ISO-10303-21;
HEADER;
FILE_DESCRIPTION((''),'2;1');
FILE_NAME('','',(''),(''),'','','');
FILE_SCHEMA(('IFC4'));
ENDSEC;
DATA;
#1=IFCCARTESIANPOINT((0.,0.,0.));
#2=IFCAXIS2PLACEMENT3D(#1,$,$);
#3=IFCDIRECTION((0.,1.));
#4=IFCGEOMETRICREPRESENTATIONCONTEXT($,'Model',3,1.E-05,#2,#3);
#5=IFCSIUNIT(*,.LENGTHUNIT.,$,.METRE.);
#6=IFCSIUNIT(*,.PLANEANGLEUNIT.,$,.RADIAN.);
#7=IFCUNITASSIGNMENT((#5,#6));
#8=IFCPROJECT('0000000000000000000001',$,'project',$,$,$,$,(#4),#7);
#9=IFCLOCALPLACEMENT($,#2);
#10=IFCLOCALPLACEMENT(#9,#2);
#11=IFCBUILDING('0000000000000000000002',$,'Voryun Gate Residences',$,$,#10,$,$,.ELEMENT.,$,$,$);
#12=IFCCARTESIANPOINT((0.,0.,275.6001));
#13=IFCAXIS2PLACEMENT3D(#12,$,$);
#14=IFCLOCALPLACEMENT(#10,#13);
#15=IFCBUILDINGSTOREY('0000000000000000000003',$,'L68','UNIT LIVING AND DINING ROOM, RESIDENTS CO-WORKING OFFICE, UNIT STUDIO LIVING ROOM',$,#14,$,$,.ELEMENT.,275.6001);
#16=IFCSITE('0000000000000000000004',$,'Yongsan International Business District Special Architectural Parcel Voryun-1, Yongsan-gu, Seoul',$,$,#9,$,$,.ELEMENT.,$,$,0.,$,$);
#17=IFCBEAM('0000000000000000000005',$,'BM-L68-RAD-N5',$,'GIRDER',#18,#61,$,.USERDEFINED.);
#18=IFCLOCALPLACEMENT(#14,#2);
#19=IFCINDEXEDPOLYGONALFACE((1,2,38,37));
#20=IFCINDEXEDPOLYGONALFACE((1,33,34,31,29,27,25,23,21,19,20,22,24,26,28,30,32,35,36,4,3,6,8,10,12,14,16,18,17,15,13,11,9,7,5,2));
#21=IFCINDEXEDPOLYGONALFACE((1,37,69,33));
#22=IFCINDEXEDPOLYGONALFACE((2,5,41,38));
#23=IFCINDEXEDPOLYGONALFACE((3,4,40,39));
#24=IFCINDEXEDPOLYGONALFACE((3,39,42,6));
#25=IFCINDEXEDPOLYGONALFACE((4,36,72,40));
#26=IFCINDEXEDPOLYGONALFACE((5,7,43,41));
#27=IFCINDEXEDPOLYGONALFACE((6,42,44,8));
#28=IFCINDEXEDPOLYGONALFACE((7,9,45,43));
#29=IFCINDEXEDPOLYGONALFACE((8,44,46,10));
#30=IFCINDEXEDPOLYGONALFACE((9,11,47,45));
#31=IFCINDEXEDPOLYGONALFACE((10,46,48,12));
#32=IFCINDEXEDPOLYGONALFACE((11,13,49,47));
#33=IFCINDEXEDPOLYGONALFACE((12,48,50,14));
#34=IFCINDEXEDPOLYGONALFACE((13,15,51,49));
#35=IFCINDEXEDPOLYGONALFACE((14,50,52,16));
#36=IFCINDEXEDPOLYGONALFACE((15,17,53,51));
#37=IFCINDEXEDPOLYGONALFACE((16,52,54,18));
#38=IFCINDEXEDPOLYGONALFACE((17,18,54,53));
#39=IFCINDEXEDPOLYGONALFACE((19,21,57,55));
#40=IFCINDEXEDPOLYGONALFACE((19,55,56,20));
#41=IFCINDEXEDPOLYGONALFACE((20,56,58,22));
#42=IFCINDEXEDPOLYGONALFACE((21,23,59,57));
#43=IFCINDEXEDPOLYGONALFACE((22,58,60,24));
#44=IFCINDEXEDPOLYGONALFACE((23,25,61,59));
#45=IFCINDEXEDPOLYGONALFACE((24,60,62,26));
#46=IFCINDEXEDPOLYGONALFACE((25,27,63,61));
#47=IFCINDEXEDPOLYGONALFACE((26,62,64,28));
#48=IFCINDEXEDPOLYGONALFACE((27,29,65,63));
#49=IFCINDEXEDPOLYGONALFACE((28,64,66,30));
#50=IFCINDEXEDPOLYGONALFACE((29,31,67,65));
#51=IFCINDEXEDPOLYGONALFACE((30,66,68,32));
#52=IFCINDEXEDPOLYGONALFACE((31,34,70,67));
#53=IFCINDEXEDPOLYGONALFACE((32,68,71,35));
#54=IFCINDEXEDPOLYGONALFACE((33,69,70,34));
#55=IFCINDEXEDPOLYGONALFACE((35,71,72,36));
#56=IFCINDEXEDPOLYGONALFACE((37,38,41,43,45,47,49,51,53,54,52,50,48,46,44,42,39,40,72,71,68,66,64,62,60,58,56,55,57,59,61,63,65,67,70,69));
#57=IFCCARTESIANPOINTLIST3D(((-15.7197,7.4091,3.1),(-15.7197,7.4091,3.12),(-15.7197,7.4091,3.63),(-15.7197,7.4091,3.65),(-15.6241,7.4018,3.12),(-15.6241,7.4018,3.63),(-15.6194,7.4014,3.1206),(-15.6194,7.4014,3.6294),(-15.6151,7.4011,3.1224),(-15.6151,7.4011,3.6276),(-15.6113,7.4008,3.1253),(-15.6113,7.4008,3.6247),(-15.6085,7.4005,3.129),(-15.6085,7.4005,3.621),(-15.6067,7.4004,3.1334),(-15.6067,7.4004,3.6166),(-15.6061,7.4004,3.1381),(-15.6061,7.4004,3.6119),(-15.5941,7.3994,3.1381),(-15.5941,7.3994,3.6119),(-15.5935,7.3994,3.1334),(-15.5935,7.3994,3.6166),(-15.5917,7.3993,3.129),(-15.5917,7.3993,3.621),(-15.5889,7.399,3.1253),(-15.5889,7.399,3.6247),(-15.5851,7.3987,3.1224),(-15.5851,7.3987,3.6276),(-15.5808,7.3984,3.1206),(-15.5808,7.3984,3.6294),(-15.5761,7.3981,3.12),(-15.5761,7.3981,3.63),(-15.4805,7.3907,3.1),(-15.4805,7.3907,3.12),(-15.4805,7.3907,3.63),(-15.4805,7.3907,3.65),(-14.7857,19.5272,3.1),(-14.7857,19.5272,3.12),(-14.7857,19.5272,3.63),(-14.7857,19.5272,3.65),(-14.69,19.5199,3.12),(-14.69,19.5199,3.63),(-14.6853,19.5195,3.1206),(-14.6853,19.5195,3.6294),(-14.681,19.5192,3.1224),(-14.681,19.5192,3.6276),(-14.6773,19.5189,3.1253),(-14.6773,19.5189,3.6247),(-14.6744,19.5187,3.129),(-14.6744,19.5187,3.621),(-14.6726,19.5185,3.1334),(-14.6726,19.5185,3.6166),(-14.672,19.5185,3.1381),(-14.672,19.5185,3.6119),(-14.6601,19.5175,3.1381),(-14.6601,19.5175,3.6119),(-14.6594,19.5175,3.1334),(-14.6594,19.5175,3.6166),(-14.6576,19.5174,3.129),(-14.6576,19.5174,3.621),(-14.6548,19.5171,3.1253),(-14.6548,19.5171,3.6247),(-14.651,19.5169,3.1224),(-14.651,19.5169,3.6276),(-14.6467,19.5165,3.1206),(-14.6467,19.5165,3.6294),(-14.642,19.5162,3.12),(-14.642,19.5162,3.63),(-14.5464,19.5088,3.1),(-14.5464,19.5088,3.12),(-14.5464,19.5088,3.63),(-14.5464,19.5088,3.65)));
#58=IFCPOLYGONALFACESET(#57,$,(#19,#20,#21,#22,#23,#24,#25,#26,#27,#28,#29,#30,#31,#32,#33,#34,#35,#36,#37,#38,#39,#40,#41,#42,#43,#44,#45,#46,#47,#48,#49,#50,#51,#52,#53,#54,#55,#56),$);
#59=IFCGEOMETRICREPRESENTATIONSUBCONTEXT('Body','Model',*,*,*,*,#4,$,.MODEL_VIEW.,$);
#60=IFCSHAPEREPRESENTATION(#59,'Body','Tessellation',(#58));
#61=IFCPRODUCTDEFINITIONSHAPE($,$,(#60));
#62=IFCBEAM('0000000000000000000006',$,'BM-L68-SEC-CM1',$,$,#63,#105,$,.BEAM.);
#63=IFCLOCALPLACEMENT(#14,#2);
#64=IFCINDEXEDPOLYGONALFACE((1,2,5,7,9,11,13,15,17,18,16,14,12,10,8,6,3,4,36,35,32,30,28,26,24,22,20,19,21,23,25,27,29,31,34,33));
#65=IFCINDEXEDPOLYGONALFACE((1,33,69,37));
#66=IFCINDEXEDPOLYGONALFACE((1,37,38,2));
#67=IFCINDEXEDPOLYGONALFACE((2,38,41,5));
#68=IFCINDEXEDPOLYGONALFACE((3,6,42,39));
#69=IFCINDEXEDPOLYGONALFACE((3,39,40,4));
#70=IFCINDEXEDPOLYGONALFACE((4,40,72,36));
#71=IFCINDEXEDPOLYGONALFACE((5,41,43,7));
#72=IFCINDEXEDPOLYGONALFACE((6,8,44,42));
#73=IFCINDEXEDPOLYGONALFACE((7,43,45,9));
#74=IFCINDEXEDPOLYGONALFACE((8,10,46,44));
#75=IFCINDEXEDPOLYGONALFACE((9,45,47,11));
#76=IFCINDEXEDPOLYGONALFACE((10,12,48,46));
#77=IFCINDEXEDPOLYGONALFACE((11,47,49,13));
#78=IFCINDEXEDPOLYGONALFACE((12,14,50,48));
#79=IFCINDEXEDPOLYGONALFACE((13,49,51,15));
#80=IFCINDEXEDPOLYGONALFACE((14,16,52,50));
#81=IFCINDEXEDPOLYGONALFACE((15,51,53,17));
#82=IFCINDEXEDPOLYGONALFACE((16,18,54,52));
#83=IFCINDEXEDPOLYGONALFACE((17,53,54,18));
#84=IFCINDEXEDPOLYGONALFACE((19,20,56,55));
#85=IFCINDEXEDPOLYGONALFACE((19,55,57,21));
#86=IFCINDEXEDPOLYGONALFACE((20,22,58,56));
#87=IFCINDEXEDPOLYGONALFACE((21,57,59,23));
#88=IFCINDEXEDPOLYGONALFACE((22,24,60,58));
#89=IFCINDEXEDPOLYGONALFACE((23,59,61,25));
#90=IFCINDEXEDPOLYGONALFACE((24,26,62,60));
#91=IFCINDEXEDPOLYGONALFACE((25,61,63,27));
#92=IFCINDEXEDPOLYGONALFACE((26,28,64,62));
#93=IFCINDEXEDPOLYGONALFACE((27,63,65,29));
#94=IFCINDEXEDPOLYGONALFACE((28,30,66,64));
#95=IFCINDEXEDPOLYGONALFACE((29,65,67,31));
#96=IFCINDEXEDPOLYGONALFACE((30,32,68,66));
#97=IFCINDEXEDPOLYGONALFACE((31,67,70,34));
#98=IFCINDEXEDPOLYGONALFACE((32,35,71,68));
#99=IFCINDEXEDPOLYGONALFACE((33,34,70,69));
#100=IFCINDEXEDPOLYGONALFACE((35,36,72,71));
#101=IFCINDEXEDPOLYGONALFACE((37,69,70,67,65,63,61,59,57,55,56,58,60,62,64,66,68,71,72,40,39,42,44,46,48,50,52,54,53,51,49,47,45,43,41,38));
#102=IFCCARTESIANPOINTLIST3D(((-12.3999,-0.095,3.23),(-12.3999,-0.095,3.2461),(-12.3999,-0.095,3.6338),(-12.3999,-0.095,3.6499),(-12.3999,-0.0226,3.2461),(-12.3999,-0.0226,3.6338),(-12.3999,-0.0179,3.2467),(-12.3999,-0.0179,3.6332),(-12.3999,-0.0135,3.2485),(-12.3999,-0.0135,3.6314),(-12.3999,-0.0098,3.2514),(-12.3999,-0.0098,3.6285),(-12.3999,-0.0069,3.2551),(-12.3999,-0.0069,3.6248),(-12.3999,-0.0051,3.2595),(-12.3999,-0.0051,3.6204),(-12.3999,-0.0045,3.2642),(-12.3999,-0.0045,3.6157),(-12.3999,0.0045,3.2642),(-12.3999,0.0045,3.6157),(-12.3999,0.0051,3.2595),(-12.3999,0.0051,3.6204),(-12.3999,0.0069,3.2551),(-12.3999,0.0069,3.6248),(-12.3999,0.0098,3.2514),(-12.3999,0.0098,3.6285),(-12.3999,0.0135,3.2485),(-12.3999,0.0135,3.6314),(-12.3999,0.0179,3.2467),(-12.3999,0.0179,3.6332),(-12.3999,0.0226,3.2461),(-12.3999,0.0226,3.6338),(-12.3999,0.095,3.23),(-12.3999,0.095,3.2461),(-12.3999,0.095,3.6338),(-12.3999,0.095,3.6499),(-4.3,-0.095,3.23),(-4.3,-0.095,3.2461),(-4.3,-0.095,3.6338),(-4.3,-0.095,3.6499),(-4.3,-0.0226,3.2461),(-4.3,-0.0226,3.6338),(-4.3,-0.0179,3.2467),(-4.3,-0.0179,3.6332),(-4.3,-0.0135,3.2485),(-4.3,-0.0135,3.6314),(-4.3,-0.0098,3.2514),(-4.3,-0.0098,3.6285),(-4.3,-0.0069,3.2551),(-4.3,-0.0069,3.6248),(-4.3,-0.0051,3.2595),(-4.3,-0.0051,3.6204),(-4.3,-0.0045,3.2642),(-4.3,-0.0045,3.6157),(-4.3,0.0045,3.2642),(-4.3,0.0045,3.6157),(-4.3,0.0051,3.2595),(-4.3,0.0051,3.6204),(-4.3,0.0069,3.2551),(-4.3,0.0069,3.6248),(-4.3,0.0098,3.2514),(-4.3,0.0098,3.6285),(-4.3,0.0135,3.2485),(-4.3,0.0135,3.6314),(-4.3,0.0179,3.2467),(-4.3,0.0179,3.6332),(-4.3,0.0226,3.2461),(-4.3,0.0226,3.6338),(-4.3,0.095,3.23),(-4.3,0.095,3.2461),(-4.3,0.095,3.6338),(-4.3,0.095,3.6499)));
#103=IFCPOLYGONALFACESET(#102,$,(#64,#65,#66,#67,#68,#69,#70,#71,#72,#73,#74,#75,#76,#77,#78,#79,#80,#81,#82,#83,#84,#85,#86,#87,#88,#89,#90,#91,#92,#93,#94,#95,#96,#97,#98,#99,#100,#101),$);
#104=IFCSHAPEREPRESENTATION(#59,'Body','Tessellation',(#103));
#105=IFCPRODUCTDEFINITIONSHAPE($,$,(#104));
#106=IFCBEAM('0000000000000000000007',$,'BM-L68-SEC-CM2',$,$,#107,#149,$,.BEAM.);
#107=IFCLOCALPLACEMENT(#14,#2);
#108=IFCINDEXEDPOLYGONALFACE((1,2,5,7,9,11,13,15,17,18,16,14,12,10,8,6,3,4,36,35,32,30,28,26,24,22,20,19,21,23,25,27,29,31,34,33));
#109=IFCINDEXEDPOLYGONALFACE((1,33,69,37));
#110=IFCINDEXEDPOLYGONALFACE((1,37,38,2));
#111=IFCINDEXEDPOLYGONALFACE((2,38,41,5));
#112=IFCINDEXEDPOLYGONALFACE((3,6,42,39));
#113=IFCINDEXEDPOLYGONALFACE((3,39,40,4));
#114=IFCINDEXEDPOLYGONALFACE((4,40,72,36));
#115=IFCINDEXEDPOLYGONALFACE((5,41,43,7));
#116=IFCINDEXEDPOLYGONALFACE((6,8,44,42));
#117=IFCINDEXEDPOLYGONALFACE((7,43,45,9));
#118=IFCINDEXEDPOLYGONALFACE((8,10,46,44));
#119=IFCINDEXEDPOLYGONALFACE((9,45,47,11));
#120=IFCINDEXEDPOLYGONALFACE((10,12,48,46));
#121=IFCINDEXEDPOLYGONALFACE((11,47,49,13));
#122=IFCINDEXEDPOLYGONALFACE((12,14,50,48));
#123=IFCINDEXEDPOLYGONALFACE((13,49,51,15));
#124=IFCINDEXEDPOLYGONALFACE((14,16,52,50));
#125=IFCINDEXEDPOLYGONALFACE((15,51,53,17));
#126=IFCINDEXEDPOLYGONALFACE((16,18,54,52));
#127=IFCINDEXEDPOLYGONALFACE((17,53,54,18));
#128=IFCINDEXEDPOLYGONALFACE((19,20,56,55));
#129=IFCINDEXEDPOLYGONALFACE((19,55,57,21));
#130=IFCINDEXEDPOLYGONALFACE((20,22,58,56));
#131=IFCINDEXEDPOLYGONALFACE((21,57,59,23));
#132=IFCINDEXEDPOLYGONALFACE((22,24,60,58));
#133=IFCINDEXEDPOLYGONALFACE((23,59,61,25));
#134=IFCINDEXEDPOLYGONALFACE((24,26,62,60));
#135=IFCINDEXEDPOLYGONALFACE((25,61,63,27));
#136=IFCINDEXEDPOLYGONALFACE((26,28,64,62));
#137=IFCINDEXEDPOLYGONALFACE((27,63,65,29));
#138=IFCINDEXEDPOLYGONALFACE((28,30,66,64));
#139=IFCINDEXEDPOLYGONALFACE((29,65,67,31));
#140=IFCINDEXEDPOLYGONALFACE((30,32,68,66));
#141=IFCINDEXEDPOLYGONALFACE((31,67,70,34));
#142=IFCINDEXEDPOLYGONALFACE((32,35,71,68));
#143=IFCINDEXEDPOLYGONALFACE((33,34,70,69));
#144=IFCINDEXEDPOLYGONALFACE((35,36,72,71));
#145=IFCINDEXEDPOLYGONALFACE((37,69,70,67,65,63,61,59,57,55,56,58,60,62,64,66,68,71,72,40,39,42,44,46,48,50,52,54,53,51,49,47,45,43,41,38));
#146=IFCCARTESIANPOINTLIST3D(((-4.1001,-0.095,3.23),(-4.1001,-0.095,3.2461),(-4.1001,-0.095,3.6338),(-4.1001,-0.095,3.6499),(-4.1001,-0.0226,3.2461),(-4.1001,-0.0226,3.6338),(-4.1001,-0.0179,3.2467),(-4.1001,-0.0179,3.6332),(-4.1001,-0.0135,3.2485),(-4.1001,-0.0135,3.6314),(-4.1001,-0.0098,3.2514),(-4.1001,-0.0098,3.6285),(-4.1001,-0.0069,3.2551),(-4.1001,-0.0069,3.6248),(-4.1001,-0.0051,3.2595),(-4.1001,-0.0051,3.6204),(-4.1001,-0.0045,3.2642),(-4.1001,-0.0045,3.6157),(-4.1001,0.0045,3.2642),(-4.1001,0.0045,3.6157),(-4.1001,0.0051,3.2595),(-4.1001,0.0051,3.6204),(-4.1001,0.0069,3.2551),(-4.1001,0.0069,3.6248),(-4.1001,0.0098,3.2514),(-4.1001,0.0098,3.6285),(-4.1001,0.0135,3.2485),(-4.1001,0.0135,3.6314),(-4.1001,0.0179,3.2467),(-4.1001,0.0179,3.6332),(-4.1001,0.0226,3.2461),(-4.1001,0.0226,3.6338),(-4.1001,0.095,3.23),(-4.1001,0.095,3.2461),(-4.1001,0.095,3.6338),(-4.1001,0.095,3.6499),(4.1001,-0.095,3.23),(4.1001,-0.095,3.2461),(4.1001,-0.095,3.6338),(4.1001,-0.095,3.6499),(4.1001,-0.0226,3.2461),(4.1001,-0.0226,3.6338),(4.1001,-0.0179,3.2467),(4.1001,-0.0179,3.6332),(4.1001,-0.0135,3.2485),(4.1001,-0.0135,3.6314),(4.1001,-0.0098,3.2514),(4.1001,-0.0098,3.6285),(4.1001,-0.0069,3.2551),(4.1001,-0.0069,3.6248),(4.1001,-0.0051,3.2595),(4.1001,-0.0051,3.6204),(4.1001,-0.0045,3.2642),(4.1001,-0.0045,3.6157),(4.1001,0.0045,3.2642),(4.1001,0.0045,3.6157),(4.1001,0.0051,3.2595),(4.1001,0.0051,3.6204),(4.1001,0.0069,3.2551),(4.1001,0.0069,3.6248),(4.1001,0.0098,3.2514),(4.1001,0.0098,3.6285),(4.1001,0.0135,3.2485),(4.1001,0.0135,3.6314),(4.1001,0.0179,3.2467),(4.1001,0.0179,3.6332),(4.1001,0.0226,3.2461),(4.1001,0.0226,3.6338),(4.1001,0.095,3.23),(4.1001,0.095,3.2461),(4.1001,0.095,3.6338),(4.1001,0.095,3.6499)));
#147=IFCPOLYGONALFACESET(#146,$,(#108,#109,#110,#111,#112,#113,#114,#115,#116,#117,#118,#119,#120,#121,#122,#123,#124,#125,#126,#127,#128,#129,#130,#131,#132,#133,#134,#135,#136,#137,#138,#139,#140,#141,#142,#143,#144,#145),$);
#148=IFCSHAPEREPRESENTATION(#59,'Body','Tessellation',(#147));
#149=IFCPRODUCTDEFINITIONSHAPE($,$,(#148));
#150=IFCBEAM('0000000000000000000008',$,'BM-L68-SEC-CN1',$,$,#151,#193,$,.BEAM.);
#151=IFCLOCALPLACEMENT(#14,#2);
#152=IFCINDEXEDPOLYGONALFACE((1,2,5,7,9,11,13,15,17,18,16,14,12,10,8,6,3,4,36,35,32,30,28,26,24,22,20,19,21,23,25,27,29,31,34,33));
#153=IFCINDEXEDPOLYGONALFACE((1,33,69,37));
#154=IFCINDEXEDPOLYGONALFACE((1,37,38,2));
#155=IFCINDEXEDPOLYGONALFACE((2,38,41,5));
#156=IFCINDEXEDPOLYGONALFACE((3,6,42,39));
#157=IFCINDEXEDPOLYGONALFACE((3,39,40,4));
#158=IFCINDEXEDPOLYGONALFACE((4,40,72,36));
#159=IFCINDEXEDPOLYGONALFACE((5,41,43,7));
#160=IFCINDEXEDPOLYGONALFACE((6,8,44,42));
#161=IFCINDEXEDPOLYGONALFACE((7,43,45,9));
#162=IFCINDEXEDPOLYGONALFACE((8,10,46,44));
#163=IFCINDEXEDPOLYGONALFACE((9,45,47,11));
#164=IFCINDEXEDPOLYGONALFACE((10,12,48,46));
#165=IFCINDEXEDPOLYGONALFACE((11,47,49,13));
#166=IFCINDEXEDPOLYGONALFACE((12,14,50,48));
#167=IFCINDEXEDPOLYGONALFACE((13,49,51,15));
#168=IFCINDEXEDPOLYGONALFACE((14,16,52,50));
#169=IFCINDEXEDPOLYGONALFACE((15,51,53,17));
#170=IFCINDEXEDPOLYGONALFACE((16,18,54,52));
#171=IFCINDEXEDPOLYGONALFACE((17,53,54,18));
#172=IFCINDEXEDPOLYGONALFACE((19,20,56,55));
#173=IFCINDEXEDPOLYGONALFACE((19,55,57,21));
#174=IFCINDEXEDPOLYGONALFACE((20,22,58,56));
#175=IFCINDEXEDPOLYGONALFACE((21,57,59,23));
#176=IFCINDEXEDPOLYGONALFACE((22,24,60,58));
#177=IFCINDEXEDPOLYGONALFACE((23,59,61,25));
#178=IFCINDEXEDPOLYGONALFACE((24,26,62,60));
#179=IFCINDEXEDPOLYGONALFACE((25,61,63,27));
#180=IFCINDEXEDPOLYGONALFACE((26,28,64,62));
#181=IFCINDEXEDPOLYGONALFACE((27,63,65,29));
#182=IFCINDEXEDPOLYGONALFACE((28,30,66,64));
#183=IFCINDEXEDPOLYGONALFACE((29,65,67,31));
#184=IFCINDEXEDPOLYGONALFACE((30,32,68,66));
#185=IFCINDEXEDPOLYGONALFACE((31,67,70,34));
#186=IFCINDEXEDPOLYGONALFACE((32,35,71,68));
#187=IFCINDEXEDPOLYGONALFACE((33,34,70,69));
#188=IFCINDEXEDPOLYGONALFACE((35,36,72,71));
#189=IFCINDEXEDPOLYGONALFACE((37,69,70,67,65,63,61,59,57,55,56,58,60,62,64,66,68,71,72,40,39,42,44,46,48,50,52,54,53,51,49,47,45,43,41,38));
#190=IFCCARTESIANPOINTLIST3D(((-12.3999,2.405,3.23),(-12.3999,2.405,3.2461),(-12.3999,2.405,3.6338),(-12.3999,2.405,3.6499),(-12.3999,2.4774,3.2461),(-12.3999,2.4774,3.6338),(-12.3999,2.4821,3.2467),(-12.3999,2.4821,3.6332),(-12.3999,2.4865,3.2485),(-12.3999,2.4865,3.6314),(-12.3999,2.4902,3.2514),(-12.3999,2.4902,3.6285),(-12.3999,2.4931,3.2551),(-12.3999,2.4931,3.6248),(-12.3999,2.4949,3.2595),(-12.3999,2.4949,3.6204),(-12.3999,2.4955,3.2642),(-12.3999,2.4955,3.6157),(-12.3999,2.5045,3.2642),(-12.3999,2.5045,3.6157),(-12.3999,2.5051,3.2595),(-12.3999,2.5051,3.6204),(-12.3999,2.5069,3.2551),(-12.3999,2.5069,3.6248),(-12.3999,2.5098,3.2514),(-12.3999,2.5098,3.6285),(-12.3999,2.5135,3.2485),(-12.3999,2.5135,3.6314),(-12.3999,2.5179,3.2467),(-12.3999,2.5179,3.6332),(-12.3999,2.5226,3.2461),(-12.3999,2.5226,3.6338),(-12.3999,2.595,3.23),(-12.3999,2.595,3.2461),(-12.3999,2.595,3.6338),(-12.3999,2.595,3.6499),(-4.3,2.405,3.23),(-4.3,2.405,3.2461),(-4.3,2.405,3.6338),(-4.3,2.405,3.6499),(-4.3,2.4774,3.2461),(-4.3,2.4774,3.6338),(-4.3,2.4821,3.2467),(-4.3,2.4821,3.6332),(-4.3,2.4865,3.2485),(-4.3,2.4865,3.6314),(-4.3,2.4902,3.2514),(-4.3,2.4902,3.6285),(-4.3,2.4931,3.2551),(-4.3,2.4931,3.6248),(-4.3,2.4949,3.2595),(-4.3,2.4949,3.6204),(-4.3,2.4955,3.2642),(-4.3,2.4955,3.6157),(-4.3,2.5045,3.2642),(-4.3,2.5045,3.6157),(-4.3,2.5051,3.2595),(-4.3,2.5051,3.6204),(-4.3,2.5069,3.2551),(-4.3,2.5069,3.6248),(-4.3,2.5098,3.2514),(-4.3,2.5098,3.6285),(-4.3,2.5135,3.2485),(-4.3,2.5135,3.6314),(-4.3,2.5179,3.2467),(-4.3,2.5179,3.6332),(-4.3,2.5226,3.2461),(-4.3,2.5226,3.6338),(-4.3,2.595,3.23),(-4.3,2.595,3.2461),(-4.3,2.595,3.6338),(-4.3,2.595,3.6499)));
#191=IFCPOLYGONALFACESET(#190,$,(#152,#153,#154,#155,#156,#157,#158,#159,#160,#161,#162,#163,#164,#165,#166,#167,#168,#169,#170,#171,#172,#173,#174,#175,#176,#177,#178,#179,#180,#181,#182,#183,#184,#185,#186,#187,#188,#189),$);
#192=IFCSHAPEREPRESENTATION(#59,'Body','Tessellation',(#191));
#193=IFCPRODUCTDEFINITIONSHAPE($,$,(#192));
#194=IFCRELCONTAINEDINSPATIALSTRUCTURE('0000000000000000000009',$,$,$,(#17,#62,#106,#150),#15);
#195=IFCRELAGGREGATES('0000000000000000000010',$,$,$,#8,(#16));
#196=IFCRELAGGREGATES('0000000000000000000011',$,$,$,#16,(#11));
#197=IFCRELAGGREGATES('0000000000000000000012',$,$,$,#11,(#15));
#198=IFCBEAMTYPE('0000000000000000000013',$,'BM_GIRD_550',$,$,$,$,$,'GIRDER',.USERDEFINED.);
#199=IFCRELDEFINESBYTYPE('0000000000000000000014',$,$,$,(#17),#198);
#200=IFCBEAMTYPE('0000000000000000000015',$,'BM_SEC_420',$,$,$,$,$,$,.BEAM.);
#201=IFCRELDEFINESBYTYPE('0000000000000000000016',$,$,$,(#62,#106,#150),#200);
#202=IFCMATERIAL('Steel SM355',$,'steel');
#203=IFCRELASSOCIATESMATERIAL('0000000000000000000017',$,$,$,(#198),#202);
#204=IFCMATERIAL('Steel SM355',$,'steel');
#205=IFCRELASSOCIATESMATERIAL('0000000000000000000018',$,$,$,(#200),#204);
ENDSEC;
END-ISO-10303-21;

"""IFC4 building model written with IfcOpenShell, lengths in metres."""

from ifc_helpers import new_model, si_unit, direction, frame, origin, origin_2d, place, context, subcontext, project, spatial, i_section, extrude, material, material_profile, profile_set, type_object, element, save


model = new_model("IFC4")

# Units and contexts
model_context = context("Model", 3, precision=1e-05, world=origin(), true_north=direction((0.0, 1.0)))
body_context = subcontext(model_context, "Body", "Model", "MODEL_VIEW")
ifc_project = project(units=[si_unit("LENGTHUNIT", "METRE"), si_unit("PLANEANGLEUNIT", "RADIAN")], contexts=[model_context])

# Site, building, storey
site_placement = place(None, origin())
site = spatial("IfcSite", under=ifc_project, at=site_placement, Name="Yongsan International Business District Special Architectural Parcel Voryun-1, Yongsan-gu, Seoul", CompositionType="ELEMENT", RefElevation=0.0)
building_placement = place(site_placement, origin())
building = spatial("IfcBuilding", under=site, at=building_placement, Name="Voryun Gate Residences", CompositionType="ELEMENT")
storey_placement = place(building_placement, frame((0.0, 0.0, 275.6001)))
storey = spatial("IfcBuildingStorey", under=building, at=storey_placement, Name="L68", Description="UNIT LIVING AND DINING ROOM, RESIDENTS CO-WORKING OFFICE, UNIT STUDIO LIVING ROOM", CompositionType="ELEMENT", Elevation=275.6001)

# Beams
ifc_material_1 = material(Name="Steel SM355", Category="steel")
ifc_material_profile_1 = material_profile(ifc_material_1, i_section(OverallWidth=0.24, OverallDepth=0.55, WebThickness=0.012, FlangeThickness=0.02, FilletRadius=0.0181, at=origin_2d()), Name="H-550x240x12x20")
ifc_profile_set_1 = profile_set([ifc_material_profile_1], Name="Steel SM355")
beam_type_1 = type_object("IfcBeamType", Name="BM_GIRD_550", ElementType="GIRDER", PredefinedType="USERDEFINED", material=ifc_profile_set_1)
beam_1_placement = place(storey_placement, frame((-15.6001, 7.3999, 3.375), z_axis=(0.076853, 0.997042, 0.0), x_axis=(-0.997042, 0.076853, 0.0)))
element("IfcBeam", 1, at=beam_1_placement, inside=storey, type_object=beam_type_1, Name="BM-L68-RAD-N5", ObjectType="GIRDER", PredefinedType="USERDEFINED", context=body_context, shape_type="SweptSolid", body=[
    extrude(i_section(OverallWidth=0.24, OverallDepth=0.55, WebThickness=0.012, FlangeThickness=0.02, FilletRadius=0.0181, at=origin_2d()), origin(), (0.0, 0.0, 1.0), 12.1541),
])
ifc_material_2 = material(Name="Steel SM355", Category="steel")
ifc_material_profile_2 = material_profile(ifc_material_2, i_section(OverallWidth=0.1899, OverallDepth=0.4199, WebThickness=0.009, FlangeThickness=0.0161, FilletRadius=0.0181, at=origin_2d()), Name="H-420x190x9x16")
ifc_profile_set_2 = profile_set([ifc_material_profile_2], Name="Steel SM355")
beam_type_2 = type_object("IfcBeamType", Name="BM_SEC_420", PredefinedType="BEAM", material=ifc_profile_set_2)
beam_2_placement = place(storey_placement, frame((-12.3999, 0.0, 3.4399), z_axis=(1.0, 0.0, 0.0), x_axis=(0.0, 1.0, 0.0)))
element("IfcBeam", 2, at=beam_2_placement, inside=storey, type_object=beam_type_2, Name="BM-L68-SEC-CM1", PredefinedType="BEAM", context=body_context, shape_type="SweptSolid", body=[
    extrude(i_section(OverallWidth=0.1899, OverallDepth=0.4199, WebThickness=0.009, FlangeThickness=0.0161, FilletRadius=0.0181, at=origin_2d()), origin(), (0.0, 0.0, 1.0), 8.0999),
])
beam_3_placement = place(storey_placement, frame((-4.1001, 0.0, 3.4399), z_axis=(1.0, 0.0, 0.0), x_axis=(0.0, 1.0, 0.0)))
element("IfcBeam", 3, at=beam_3_placement, inside=storey, type_object=beam_type_2, Name="BM-L68-SEC-CM2", PredefinedType="BEAM", context=body_context, shape_type="SweptSolid", body=[
    extrude(i_section(OverallWidth=0.1899, OverallDepth=0.4199, WebThickness=0.009, FlangeThickness=0.0161, FilletRadius=0.0181, at=origin_2d()), origin(), (0.0, 0.0, 1.0), 8.2002),
])
beam_4_placement = place(storey_placement, frame((-12.3999, 2.5, 3.4399), z_axis=(1.0, 0.0, 0.0), x_axis=(0.0, 1.0, 0.0)))
element("IfcBeam", 4, at=beam_4_placement, inside=storey, type_object=beam_type_2, Name="BM-L68-SEC-CN1", PredefinedType="BEAM", context=body_context, shape_type="SweptSolid", body=[
    extrude(i_section(OverallWidth=0.1899, OverallDepth=0.4199, WebThickness=0.009, FlangeThickness=0.0161, FilletRadius=0.0181, at=origin_2d()), origin(), (0.0, 0.0, 1.0), 8.0999),
])

save(model, "model.ifc")
